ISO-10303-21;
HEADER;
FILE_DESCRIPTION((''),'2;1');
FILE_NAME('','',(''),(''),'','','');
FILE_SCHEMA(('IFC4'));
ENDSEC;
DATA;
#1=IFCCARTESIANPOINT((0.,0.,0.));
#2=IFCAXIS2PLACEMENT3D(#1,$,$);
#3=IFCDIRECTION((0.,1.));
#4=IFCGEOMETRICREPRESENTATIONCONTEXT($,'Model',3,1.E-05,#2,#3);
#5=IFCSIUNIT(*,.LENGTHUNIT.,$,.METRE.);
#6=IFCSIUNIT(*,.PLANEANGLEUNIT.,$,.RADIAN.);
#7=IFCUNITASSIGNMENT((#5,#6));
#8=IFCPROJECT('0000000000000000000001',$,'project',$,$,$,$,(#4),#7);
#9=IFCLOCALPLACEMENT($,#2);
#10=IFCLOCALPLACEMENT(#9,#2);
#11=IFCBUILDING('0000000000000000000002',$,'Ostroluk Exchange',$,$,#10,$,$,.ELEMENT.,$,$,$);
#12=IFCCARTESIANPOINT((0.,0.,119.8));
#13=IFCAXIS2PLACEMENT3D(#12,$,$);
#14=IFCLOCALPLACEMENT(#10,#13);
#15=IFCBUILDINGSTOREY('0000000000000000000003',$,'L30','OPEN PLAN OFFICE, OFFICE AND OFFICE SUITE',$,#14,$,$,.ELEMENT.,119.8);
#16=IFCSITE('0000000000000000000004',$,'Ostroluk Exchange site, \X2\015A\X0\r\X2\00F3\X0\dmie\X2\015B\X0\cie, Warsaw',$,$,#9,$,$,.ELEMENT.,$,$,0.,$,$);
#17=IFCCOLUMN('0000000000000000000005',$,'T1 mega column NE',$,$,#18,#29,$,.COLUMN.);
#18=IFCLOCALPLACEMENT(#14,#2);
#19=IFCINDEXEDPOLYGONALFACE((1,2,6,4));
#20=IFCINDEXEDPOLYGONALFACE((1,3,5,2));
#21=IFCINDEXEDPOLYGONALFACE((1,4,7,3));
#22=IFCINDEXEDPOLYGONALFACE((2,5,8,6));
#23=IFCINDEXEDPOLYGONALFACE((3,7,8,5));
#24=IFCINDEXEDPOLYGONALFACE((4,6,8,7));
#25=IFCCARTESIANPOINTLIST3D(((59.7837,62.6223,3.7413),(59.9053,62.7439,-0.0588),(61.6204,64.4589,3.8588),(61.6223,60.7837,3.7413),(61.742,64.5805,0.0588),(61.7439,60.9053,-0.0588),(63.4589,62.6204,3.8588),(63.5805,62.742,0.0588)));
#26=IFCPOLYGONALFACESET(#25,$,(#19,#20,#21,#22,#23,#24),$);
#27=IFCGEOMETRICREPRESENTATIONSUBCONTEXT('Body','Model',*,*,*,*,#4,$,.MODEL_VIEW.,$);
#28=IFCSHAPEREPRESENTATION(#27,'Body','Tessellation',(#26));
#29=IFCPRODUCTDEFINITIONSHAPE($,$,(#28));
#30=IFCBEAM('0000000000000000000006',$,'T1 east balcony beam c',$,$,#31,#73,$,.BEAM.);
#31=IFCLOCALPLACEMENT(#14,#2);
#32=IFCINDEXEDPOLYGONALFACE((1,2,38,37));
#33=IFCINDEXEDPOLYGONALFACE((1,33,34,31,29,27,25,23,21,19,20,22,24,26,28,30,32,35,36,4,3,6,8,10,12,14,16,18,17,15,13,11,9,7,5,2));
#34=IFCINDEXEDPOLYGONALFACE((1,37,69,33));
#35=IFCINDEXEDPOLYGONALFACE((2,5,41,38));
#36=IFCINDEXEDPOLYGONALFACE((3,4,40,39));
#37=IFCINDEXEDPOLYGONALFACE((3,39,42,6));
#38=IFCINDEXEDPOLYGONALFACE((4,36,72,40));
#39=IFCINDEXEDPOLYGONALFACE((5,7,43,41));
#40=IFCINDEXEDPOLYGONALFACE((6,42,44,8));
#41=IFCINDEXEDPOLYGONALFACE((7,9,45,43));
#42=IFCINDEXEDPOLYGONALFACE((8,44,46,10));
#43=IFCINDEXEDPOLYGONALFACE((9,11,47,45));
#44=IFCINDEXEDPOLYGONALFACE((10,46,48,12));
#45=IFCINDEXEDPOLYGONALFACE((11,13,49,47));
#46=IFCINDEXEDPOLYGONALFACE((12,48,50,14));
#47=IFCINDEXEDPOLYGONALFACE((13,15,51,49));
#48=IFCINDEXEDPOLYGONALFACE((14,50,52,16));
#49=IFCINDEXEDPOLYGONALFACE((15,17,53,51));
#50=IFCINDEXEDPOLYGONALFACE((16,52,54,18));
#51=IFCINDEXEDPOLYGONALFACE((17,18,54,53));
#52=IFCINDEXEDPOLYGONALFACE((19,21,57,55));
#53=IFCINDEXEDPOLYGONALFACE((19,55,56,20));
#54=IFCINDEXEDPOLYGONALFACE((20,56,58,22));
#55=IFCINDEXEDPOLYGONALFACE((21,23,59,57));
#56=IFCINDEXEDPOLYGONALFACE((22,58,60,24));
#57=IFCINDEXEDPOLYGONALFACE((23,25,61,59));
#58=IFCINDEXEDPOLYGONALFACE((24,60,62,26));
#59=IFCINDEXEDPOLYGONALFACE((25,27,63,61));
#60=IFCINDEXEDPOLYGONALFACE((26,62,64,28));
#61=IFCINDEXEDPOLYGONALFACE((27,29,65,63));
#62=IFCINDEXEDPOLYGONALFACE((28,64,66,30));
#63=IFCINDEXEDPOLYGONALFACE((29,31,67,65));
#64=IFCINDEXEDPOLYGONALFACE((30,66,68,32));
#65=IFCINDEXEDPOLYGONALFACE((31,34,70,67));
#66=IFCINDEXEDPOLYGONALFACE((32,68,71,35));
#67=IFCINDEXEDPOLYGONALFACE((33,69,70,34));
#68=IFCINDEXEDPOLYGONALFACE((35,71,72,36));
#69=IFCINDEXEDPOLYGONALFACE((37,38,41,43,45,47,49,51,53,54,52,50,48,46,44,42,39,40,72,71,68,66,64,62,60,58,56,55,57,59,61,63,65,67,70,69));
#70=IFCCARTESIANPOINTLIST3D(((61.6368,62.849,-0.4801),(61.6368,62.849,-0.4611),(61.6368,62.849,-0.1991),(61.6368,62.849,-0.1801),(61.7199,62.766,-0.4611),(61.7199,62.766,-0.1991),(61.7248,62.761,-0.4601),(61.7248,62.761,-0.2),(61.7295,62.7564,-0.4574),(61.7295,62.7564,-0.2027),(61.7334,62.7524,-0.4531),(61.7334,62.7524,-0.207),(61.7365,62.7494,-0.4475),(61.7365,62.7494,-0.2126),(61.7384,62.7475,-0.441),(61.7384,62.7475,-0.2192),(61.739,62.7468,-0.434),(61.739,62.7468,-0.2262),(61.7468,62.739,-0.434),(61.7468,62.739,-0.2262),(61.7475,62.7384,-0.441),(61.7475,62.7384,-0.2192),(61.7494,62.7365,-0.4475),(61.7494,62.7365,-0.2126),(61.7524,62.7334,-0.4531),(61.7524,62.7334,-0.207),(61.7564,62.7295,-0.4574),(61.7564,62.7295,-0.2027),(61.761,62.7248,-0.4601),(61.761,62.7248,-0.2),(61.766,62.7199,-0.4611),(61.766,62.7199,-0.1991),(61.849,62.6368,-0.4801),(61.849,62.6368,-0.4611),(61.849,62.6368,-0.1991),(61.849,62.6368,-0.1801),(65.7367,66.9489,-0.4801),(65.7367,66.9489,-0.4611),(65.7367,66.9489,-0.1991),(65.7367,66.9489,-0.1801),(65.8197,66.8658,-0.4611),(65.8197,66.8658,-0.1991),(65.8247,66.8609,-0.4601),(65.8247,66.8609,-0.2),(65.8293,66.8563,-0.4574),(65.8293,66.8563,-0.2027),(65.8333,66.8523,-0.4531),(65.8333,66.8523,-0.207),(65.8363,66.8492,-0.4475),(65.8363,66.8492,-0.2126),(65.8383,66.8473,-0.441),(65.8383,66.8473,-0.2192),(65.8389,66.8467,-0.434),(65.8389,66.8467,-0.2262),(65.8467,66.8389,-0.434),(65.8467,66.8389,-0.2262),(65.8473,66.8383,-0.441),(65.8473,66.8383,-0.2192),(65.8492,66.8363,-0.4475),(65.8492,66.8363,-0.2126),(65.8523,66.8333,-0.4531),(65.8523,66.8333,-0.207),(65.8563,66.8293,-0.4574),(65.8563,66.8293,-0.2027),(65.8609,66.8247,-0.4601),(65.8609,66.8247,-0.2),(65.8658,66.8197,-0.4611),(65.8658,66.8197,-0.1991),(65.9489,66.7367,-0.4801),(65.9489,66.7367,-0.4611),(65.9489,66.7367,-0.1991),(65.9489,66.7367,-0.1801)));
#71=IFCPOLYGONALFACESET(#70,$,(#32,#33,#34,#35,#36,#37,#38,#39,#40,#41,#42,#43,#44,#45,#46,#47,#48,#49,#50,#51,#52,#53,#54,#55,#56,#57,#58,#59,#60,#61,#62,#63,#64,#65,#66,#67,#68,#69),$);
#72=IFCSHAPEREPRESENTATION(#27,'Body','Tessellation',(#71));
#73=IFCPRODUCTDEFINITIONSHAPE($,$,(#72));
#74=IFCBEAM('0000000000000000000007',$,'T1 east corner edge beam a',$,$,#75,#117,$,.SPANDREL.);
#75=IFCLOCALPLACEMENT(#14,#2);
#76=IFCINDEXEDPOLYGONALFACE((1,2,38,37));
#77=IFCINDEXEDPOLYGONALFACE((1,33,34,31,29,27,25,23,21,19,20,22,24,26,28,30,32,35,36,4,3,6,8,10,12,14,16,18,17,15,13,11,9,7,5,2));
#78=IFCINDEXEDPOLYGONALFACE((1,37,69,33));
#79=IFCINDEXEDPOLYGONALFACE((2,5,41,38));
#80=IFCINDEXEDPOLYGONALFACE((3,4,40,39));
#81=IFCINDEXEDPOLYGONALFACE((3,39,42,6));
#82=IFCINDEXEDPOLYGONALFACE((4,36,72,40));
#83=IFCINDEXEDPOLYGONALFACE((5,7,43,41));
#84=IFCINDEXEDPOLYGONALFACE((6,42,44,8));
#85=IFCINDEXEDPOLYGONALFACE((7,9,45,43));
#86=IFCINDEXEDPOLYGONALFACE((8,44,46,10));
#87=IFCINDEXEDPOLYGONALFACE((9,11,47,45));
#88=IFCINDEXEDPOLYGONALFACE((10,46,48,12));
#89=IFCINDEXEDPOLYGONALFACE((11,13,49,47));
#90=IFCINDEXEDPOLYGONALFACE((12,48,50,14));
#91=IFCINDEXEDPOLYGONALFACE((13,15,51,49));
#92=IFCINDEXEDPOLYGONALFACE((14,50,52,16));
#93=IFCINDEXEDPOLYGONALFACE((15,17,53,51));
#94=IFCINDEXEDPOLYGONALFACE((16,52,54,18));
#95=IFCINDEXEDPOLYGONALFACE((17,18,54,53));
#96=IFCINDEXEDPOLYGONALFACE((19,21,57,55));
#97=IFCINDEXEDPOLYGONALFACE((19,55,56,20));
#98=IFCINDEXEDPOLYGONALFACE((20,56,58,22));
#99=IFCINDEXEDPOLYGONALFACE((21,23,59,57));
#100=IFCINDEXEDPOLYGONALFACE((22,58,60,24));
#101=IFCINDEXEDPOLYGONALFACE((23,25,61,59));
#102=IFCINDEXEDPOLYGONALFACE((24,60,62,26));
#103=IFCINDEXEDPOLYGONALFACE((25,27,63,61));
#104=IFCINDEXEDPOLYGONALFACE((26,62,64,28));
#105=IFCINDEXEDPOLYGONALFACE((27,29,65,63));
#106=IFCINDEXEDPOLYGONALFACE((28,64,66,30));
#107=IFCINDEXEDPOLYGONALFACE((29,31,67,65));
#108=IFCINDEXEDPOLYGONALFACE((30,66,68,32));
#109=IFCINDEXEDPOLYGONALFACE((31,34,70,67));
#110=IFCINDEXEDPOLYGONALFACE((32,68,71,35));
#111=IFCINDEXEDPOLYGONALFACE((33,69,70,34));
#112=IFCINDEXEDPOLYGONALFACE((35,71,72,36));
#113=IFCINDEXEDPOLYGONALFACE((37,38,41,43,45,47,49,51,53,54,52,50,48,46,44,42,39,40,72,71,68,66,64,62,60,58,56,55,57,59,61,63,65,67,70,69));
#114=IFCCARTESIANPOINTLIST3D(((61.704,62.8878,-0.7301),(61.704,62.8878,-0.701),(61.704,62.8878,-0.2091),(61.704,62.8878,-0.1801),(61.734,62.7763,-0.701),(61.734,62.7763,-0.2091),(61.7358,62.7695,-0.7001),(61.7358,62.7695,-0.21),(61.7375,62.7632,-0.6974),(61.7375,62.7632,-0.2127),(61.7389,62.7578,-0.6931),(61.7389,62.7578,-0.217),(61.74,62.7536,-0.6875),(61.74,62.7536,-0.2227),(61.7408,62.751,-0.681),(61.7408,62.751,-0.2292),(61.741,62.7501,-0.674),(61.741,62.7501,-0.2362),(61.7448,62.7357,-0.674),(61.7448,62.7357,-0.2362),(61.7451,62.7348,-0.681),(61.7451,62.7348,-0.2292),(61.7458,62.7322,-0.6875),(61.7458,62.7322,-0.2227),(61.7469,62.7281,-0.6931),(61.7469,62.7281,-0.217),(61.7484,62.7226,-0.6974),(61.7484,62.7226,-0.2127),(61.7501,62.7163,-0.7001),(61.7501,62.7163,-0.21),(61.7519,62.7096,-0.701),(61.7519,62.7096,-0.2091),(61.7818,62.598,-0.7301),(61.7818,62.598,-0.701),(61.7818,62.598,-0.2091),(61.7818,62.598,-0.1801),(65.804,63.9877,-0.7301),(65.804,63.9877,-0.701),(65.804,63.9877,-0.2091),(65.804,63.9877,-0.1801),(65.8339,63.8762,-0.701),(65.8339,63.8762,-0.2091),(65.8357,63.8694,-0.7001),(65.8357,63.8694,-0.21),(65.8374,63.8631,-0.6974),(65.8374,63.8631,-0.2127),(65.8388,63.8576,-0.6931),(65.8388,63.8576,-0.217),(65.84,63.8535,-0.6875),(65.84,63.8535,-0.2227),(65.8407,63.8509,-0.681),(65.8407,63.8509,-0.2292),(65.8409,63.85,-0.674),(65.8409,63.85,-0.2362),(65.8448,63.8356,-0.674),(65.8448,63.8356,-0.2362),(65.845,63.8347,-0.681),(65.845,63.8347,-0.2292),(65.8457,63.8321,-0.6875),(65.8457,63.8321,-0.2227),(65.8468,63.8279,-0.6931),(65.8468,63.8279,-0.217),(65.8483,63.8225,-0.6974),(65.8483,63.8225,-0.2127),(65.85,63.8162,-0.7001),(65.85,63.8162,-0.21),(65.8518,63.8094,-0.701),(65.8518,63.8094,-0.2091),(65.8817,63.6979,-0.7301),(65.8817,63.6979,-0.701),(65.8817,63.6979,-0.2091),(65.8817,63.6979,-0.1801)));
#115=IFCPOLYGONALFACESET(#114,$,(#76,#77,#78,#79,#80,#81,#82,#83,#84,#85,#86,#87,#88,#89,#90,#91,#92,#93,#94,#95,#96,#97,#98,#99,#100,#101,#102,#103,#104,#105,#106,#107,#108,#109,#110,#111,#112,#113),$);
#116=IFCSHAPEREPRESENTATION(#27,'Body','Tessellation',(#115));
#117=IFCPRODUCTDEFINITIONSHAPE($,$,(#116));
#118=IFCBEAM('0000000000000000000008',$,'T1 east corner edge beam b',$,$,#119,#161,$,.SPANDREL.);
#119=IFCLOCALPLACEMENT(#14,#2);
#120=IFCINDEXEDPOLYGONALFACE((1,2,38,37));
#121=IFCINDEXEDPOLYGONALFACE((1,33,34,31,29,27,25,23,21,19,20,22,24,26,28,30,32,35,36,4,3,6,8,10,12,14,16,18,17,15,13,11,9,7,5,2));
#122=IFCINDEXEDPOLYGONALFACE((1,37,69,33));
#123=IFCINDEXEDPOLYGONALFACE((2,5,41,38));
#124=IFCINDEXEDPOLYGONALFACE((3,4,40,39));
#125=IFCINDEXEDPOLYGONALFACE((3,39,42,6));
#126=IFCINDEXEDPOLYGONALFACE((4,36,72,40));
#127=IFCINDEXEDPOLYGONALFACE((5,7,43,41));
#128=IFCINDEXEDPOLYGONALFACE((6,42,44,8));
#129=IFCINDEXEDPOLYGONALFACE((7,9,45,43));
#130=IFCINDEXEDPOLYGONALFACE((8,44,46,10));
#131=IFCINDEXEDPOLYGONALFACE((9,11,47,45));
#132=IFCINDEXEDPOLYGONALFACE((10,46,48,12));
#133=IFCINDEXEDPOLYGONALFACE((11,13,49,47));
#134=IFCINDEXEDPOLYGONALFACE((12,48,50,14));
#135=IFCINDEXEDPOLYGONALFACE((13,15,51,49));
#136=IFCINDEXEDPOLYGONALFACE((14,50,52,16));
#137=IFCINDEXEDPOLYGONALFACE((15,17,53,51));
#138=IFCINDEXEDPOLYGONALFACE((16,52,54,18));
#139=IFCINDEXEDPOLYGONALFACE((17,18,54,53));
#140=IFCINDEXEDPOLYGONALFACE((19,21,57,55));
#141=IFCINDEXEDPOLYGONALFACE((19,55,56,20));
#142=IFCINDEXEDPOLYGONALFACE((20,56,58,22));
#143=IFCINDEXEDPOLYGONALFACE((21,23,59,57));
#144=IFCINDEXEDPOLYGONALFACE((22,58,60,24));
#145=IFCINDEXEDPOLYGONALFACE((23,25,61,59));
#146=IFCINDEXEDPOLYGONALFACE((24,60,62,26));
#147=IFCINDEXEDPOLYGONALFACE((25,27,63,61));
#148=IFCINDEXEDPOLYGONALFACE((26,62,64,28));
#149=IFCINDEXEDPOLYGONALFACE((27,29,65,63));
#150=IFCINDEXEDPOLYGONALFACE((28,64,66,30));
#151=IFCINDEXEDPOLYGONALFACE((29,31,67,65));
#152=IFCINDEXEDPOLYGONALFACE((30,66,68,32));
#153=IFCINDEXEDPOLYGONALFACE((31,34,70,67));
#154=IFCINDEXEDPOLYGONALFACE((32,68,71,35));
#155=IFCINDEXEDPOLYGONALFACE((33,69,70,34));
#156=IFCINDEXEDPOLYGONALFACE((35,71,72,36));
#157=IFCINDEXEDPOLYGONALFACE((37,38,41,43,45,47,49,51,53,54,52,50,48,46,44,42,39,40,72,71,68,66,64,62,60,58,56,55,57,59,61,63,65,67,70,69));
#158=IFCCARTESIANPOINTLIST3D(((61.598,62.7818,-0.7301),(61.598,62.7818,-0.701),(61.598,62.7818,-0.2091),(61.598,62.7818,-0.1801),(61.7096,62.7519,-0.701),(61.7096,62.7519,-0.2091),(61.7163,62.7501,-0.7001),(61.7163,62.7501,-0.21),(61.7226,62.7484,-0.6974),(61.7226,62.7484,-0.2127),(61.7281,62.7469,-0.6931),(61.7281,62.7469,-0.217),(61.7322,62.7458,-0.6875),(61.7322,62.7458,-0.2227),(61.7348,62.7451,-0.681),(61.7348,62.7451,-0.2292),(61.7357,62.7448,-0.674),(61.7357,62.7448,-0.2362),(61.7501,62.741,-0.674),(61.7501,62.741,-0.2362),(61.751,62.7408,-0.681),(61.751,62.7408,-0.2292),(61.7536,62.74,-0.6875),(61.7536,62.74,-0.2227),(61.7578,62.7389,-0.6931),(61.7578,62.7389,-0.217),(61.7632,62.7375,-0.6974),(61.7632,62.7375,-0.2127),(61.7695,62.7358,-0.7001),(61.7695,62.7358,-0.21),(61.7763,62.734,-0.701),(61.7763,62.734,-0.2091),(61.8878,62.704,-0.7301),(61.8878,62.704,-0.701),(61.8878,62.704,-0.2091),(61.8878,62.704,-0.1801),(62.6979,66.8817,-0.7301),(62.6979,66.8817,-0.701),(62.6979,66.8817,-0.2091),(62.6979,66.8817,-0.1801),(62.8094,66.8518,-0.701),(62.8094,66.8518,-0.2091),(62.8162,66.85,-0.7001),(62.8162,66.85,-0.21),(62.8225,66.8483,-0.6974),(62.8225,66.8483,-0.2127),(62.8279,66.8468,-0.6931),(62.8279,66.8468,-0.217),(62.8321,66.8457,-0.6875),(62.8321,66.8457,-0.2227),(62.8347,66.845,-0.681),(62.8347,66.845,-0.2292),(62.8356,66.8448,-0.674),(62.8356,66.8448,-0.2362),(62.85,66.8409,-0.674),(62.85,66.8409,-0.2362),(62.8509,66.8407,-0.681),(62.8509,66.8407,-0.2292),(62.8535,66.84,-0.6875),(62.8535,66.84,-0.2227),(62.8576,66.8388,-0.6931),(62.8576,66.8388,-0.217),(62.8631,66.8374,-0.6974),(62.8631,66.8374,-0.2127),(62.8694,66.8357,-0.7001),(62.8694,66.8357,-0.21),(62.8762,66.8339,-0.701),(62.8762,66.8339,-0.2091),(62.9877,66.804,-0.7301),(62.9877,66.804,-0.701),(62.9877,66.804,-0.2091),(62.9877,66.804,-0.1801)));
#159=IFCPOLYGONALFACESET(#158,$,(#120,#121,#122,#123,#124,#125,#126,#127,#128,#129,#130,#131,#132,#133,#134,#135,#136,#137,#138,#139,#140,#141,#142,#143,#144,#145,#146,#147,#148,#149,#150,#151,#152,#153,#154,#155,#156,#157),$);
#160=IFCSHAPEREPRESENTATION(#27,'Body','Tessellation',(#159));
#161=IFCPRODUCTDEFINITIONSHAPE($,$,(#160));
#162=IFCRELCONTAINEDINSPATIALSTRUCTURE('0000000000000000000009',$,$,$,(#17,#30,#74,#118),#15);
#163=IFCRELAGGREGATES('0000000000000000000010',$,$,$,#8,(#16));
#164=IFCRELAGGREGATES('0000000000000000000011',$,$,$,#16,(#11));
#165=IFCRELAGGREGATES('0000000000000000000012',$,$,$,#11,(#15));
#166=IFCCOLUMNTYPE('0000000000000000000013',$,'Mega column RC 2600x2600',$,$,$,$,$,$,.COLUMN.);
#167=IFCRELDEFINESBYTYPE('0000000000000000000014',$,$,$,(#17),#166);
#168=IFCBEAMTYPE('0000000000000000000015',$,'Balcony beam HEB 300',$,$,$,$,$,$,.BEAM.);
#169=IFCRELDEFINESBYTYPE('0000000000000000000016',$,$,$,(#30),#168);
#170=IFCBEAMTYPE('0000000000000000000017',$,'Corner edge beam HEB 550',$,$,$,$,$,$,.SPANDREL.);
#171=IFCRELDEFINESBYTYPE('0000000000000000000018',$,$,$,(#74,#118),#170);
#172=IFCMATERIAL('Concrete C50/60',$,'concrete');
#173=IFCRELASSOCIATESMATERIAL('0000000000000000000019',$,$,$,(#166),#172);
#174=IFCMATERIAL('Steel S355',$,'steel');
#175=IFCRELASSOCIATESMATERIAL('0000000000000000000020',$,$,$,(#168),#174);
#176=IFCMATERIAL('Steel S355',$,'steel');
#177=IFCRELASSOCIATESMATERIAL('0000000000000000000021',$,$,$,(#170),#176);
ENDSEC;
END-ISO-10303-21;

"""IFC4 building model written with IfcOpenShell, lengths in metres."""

from ifc_helpers import new_model, si_unit, direction, frame, origin, origin_2d, place, context, subcontext, project, spatial, rectangle, i_section, extrude, material, material_profile, profile_set, type_object, element, save


model = new_model("IFC4")

# Units and contexts
model_context = context("Model", 3, precision=1e-05, world=origin(), true_north=direction((0.0, 1.0)))
body_context = subcontext(model_context, "Body", "Model", "MODEL_VIEW")
ifc_project = project(units=[si_unit("LENGTHUNIT", "METRE"), si_unit("PLANEANGLEUNIT", "RADIAN")], contexts=[model_context])

# Site, building, storey
site_placement = place(None, origin())
site = spatial("IfcSite", under=ifc_project, at=site_placement, Name="Ostroluk Exchange site, Śródmieście, Warsaw", CompositionType="ELEMENT", RefElevation=0.0)
building_placement = place(site_placement, origin())
building = spatial("IfcBuilding", under=site, at=building_placement, Name="Ostroluk Exchange", CompositionType="ELEMENT")
storey_placement = place(building_placement, frame((0.0, 0.0, 119.8)))
storey = spatial("IfcBuildingStorey", under=building, at=storey_placement, Name="L30", Description="OPEN PLAN OFFICE, OFFICE AND OFFICE SUITE", CompositionType="ELEMENT", Elevation=119.8)

# Column
ifc_material_1 = material(Name="Concrete C50/60", Category="concrete")
ifc_material_profile_1 = material_profile(ifc_material_1, rectangle(XDim=2.6001, YDim=2.6001, at=origin_2d()), Name="RC 2600x2600")
ifc_profile_set_1 = profile_set([ifc_material_profile_1], Name="Concrete C50/60")
column_type = type_object("IfcColumnType", Name="Mega column RC 2600x2600", PredefinedType="COLUMN", material=ifc_profile_set_1)
column_placement = place(storey_placement, frame((61.7429, 62.7429, 0.0), z_axis=(-0.031962, -0.031962, 0.998978), x_axis=(0.707107, -0.707107, 0.0)))
element("IfcColumn", 1, at=column_placement, inside=storey, type_object=column_type, Name="T1 mega column NE", PredefinedType="COLUMN", context=body_context, shape_type="SweptSolid", body=[
    extrude(rectangle(XDim=2.6001, YDim=2.6001, at=origin_2d()), origin(), (0.0, 0.0, 1.0), 3.804),
])

# Beams
ifc_material_2 = material(Name="Steel S355", Category="steel")
ifc_material_profile_2 = material_profile(ifc_material_2, i_section(OverallWidth=0.3, OverallDepth=0.3, WebThickness=0.011, FlangeThickness=0.019, FilletRadius=0.0271, at=origin_2d()), Name="HEB 300")
ifc_profile_set_2 = profile_set([ifc_material_profile_2], Name="Steel S355")
beam_type_1 = type_object("IfcBeamType", Name="Balcony beam HEB 300", PredefinedType="BEAM", material=ifc_profile_set_2)
beam_1_placement = place(storey_placement, frame((61.7429, 62.7429, -0.3301), z_axis=(0.707107, 0.707107, 0.0), x_axis=(-0.707107, 0.707107, 0.0)))
element("IfcBeam", 2, at=beam_1_placement, inside=storey, type_object=beam_type_1, Name="T1 east balcony beam c", PredefinedType="BEAM", context=body_context, shape_type="SweptSolid", body=[
    extrude(i_section(OverallWidth=0.3, OverallDepth=0.3, WebThickness=0.011, FlangeThickness=0.019, FilletRadius=0.0271, at=origin_2d()), origin(), (0.0, 0.0, 1.0), 5.7981),
])
ifc_material_3 = material(Name="Steel S355", Category="steel")
ifc_material_profile_3 = material_profile(ifc_material_3, i_section(OverallWidth=0.3, OverallDepth=0.55, WebThickness=0.0149, FlangeThickness=0.0291, FilletRadius=0.0271, at=origin_2d()), Name="HEB 550")
ifc_profile_set_3 = profile_set([ifc_material_profile_3], Name="Steel S355")
beam_type_2 = type_object("IfcBeamType", Name="Corner edge beam HEB 550", PredefinedType="SPANDREL", material=ifc_profile_set_3)
for number, where, z_axis, x_axis, name in (
    (3, (61.7429, 62.7429, -0.4551), (0.965849, 0.259105, 0.0), (-0.259105, 0.965849, 0.0), "T1 east corner edge beam a"),
    (4, (61.7429, 62.7429, -0.4551), (0.259105, 0.965849, 0.0), (-0.965849, 0.259105, 0.0), "T1 east corner edge beam b"),
):
    element("IfcBeam", number, at=place(storey_placement, frame(where, z_axis=z_axis, x_axis=x_axis)), inside=storey, type_object=beam_type_2, Name=name, PredefinedType="SPANDREL", context=body_context, shape_type="SweptSolid", body=[
        extrude(i_section(OverallWidth=0.3, OverallDepth=0.55, WebThickness=0.0149, FlangeThickness=0.0291, FilletRadius=0.0271, at=origin_2d()), origin(), (0.0, 0.0, 1.0), 4.2449),
    ])

save(model, "model.ifc")
